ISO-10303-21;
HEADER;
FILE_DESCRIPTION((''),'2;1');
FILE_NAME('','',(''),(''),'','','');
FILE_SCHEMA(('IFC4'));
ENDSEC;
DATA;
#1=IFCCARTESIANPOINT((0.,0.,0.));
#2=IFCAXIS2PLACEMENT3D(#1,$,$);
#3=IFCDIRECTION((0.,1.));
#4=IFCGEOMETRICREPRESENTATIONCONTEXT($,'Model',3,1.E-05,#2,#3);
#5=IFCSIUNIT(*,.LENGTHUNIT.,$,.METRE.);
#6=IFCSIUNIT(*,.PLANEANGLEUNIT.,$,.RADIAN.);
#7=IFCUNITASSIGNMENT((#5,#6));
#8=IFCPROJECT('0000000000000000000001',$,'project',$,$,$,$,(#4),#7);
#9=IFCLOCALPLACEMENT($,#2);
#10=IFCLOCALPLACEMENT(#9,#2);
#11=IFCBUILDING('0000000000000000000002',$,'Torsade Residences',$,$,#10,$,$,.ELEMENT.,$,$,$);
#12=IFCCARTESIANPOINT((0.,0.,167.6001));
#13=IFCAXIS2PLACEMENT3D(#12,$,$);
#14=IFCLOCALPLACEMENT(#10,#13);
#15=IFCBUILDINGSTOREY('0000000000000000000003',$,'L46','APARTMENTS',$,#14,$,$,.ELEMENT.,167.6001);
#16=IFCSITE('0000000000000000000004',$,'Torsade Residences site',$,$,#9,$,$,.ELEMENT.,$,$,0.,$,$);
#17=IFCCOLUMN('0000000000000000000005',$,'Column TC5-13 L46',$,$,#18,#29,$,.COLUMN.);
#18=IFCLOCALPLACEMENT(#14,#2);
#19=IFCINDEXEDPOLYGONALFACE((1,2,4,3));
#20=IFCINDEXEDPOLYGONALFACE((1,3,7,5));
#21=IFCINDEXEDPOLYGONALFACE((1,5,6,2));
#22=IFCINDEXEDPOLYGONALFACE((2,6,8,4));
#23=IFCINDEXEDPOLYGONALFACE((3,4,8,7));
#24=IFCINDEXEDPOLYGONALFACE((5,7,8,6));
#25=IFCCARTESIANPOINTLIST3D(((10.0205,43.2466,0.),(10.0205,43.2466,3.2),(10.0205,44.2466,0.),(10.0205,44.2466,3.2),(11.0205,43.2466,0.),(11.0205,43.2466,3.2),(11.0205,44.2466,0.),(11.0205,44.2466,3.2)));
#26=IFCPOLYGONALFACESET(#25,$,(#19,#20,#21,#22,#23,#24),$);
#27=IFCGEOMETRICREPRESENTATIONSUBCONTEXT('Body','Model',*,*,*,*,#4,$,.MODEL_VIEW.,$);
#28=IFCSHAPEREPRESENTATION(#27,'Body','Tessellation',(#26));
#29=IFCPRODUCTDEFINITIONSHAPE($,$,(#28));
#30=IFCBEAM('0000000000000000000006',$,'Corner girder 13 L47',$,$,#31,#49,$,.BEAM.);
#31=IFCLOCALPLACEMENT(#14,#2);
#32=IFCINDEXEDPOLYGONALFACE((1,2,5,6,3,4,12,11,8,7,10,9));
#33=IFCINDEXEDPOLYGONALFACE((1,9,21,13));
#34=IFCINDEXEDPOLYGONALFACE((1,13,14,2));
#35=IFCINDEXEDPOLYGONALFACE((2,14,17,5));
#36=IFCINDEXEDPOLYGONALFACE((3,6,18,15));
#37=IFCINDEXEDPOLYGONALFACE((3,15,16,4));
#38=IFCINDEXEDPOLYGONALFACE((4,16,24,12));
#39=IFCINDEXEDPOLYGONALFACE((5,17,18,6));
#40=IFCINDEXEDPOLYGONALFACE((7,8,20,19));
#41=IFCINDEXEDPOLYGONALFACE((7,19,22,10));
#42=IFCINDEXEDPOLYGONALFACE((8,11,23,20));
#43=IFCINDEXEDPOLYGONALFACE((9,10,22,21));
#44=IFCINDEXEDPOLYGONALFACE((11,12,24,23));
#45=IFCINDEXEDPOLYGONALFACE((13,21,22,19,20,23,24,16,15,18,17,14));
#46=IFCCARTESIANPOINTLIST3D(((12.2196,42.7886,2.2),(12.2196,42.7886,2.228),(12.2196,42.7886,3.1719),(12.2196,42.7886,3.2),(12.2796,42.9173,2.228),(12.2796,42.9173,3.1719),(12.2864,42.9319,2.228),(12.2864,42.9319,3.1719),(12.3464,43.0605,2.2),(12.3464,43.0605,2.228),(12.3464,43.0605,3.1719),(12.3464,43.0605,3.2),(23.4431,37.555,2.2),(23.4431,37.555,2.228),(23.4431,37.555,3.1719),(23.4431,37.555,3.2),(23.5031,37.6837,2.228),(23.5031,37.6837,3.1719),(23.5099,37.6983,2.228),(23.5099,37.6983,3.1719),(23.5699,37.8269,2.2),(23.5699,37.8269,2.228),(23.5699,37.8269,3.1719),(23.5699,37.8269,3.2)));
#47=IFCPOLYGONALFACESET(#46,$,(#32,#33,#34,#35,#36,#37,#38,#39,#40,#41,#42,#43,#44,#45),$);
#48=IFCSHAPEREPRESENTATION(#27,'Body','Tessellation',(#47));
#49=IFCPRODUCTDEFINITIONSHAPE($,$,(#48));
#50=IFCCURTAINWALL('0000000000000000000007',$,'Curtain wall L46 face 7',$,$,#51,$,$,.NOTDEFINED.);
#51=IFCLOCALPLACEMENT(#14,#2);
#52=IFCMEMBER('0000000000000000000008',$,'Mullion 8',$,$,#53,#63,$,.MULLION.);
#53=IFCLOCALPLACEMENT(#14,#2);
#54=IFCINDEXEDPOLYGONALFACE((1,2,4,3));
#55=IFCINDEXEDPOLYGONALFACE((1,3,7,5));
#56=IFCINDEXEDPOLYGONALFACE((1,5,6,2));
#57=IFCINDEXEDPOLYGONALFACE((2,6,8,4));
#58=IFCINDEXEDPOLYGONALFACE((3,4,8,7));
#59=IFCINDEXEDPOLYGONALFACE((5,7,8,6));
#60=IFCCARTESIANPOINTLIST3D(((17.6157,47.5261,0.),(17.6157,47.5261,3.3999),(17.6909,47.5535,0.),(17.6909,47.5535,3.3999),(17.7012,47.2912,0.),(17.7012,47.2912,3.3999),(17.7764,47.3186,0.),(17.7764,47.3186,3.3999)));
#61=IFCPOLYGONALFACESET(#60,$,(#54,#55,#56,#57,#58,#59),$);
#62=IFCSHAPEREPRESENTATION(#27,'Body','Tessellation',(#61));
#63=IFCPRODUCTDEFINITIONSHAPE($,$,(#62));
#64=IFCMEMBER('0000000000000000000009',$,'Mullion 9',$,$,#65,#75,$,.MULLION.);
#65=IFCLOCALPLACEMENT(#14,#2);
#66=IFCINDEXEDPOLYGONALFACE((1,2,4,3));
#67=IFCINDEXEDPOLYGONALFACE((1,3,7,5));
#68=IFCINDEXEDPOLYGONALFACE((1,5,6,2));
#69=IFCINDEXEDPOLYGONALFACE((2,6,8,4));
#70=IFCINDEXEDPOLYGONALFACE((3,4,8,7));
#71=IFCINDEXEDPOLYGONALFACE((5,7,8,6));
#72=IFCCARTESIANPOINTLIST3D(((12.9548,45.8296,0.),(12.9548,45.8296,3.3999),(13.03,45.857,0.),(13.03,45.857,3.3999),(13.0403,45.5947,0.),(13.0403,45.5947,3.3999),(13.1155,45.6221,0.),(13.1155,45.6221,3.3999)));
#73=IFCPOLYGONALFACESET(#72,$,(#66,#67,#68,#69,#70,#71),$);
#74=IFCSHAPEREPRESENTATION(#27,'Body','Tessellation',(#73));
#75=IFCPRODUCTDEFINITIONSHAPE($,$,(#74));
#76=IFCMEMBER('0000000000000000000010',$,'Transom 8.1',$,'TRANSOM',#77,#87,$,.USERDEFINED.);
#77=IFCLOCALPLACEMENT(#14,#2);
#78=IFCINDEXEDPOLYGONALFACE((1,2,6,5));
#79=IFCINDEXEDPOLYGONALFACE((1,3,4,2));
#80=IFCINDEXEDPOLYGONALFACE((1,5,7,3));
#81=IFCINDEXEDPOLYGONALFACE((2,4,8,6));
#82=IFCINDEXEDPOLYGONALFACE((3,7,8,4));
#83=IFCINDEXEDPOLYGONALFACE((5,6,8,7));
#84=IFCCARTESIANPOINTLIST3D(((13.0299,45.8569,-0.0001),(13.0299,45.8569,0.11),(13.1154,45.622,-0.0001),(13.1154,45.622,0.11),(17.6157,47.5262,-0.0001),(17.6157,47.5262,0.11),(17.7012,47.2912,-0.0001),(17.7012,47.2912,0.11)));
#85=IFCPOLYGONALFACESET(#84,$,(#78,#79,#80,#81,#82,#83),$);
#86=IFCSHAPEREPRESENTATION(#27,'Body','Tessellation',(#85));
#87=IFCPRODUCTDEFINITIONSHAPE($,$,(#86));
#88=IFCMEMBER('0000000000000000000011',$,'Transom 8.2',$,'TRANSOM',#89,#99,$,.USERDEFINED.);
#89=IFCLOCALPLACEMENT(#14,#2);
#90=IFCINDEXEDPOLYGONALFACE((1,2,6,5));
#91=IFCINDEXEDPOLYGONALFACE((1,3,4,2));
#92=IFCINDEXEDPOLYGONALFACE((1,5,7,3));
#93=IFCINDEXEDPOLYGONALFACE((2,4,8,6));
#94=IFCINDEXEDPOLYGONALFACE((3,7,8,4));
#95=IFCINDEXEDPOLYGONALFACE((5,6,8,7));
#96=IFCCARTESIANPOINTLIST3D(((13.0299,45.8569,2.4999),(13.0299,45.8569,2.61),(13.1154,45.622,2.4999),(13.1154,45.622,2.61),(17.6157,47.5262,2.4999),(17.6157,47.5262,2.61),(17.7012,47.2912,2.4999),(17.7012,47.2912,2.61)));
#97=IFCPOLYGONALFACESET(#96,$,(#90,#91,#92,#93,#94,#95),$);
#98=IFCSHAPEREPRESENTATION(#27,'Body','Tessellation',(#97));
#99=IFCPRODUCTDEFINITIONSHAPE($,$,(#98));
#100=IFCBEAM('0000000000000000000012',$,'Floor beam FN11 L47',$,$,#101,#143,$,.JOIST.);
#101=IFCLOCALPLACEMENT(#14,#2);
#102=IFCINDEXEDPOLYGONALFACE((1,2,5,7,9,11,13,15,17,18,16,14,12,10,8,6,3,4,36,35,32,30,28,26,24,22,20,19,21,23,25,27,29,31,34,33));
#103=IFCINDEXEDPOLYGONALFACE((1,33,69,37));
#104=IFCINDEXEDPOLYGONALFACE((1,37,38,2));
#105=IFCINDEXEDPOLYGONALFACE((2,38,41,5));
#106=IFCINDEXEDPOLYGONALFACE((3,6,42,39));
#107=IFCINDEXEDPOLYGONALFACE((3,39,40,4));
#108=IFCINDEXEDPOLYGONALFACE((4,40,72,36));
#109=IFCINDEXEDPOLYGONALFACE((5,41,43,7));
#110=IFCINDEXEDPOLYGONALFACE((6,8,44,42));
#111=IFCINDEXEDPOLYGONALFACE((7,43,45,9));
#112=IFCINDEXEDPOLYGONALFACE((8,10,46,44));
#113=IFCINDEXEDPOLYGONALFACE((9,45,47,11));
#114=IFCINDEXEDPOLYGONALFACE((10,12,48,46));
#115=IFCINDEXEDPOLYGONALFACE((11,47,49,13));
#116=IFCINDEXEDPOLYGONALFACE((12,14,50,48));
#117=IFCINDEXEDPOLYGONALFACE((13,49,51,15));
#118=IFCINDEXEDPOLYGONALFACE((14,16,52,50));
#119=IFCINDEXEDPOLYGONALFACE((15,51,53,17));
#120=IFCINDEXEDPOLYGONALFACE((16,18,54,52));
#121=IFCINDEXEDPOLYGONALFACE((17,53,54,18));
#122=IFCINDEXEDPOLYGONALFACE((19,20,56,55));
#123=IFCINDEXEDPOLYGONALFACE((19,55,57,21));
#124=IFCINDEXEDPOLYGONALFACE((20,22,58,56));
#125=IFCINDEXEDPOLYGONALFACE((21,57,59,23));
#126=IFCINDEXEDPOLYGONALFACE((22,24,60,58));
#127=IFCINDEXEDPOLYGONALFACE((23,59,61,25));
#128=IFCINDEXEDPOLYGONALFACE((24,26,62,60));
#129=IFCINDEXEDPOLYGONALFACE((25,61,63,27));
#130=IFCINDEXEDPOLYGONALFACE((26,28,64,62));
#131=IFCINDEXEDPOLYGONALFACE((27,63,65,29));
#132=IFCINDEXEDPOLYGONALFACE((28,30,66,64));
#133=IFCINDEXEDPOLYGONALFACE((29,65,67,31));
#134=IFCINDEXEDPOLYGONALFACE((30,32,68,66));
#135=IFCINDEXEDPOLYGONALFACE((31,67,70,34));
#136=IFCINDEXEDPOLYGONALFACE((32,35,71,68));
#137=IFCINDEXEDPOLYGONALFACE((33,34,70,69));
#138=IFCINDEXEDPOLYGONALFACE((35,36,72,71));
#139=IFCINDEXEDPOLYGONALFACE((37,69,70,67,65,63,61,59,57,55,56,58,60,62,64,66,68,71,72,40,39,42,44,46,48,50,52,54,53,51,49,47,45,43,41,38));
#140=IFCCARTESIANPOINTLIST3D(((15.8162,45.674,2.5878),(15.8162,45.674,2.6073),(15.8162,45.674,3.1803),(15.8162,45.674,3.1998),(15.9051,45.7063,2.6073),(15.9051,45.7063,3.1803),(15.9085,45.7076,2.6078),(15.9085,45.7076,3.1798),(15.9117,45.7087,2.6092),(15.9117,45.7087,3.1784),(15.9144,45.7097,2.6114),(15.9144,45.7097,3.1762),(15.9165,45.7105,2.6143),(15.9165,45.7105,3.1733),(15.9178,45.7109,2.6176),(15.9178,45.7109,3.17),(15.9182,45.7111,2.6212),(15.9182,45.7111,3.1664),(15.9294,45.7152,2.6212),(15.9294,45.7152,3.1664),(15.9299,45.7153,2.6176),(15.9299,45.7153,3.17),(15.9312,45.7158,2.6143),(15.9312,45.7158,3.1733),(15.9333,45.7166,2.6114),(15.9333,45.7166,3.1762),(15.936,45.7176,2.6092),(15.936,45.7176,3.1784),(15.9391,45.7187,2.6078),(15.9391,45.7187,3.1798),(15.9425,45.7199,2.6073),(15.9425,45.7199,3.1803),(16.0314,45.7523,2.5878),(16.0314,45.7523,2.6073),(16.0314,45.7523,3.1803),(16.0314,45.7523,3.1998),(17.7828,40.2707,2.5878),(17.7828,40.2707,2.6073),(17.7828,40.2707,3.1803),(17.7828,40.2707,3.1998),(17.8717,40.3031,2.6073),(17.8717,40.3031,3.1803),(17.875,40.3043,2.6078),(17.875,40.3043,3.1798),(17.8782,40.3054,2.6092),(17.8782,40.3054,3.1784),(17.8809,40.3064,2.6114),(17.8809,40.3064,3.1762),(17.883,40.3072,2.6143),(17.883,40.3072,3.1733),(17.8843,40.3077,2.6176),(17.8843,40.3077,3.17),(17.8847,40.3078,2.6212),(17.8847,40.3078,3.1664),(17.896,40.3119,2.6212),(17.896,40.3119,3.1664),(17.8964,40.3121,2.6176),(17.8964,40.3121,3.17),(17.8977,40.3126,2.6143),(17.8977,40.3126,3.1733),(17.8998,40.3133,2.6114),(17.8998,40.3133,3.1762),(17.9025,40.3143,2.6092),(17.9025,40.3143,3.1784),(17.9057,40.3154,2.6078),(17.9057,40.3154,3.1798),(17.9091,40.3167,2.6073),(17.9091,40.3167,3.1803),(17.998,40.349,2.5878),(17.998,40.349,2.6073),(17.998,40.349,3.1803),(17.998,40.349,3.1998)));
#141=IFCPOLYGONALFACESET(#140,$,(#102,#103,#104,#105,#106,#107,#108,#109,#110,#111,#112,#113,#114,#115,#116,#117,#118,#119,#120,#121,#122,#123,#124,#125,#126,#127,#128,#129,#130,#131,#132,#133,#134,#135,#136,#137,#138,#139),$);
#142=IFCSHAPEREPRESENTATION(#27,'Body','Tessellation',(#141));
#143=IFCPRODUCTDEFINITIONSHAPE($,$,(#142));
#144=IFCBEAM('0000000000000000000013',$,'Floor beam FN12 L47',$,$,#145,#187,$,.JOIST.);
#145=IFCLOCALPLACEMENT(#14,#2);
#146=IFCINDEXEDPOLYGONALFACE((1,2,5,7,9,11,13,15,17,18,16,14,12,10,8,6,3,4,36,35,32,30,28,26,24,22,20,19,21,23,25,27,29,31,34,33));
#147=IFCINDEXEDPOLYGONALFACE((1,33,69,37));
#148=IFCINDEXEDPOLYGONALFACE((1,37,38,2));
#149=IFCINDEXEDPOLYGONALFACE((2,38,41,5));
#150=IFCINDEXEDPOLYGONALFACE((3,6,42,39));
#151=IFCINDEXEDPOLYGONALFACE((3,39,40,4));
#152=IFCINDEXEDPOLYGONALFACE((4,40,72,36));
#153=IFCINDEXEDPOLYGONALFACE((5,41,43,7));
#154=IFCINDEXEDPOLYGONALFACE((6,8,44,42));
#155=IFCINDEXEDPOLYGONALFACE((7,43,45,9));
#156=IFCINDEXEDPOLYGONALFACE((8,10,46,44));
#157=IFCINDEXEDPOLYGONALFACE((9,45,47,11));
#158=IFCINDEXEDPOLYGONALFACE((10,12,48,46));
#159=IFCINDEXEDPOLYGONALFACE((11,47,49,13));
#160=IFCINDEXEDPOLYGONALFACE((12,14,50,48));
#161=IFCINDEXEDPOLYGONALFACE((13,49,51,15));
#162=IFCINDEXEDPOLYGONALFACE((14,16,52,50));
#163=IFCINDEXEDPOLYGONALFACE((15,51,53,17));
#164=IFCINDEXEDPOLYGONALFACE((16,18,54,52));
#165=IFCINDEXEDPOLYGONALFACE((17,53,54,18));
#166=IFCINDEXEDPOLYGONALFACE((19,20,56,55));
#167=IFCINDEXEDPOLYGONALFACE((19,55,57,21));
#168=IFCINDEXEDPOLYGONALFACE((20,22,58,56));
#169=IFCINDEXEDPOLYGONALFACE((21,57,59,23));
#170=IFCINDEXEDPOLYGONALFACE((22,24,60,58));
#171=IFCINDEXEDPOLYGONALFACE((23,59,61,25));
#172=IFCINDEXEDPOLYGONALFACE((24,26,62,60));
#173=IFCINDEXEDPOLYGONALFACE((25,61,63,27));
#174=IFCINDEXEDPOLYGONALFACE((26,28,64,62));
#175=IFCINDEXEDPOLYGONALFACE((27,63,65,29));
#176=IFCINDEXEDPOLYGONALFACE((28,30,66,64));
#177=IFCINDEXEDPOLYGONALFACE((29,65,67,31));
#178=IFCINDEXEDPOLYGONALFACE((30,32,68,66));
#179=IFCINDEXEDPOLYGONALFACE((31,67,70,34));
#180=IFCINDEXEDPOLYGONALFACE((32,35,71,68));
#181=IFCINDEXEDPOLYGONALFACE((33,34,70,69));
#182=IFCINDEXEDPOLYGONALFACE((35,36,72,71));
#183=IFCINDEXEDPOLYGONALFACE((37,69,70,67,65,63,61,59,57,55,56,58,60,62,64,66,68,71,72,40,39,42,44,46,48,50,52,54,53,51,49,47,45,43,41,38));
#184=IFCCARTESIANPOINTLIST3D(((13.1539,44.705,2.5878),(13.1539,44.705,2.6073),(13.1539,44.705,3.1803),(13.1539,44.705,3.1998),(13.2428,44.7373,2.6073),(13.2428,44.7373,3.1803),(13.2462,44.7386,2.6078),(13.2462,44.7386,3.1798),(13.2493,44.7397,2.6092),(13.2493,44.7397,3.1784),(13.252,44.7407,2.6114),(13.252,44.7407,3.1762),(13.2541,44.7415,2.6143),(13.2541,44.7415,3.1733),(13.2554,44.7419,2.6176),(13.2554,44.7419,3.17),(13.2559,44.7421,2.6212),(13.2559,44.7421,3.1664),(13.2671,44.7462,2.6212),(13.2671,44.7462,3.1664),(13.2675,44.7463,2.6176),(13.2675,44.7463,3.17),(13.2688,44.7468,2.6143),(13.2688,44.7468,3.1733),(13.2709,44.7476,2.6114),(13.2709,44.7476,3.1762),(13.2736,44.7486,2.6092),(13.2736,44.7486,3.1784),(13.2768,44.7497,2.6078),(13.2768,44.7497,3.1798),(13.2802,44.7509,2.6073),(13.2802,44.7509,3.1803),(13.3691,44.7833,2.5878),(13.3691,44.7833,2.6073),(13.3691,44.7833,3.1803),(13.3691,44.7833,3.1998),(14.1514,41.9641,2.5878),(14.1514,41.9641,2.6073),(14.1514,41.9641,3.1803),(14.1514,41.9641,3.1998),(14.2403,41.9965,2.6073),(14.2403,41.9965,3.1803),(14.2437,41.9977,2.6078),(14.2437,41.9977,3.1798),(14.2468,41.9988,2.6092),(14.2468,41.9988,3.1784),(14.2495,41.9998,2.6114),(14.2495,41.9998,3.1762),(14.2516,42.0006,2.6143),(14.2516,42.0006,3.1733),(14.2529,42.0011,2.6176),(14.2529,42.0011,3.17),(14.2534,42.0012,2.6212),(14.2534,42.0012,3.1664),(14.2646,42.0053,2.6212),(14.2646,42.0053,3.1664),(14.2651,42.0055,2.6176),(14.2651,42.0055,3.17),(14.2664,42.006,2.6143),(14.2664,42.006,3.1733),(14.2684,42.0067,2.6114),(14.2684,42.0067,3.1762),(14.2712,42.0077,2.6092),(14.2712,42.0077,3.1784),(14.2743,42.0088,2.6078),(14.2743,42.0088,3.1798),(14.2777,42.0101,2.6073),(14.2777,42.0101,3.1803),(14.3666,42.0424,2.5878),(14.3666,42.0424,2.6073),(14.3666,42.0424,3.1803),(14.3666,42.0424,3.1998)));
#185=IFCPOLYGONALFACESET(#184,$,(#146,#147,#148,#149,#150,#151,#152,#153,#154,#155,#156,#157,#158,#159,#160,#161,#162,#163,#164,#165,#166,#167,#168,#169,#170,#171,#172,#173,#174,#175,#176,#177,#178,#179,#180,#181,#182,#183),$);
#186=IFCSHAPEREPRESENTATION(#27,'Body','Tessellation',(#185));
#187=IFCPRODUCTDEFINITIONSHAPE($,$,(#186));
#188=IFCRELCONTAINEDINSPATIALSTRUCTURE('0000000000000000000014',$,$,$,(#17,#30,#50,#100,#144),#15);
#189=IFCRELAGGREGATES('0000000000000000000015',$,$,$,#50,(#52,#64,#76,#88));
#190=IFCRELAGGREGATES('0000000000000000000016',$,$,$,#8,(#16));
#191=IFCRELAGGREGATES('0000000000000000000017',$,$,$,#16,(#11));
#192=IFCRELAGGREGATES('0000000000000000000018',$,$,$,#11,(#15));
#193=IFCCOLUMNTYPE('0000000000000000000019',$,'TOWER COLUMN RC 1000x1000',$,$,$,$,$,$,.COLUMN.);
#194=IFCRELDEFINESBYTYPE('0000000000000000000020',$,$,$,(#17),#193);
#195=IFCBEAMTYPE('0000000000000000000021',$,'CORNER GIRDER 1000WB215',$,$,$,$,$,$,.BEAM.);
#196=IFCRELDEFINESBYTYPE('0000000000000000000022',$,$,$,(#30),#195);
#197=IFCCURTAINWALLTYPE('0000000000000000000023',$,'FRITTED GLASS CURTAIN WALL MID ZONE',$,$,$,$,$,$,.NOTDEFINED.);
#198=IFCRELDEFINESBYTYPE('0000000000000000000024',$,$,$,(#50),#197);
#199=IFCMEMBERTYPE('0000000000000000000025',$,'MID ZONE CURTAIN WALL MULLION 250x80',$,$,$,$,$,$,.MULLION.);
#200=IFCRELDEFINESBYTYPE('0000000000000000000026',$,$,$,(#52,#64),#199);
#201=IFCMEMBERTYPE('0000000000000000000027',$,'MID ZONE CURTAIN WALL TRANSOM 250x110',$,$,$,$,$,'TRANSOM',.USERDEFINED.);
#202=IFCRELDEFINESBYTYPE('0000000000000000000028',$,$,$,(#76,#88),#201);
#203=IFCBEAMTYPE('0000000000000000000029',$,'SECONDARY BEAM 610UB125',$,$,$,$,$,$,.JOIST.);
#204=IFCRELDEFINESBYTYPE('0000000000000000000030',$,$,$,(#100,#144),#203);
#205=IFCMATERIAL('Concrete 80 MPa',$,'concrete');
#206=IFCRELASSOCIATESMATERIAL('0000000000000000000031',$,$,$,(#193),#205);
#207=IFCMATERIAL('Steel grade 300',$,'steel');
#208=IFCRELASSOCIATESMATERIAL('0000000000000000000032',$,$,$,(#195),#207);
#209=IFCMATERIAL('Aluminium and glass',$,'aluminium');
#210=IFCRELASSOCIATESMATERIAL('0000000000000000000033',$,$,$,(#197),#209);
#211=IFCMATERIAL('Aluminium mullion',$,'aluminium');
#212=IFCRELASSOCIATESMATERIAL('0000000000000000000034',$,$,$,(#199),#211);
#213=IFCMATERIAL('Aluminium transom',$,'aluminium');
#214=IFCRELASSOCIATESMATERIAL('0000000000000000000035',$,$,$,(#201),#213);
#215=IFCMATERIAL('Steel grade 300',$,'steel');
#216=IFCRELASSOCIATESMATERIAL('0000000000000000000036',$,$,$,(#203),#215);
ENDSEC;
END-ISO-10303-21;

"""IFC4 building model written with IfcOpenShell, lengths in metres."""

from ifc_helpers import new_model, si_unit, direction, frame, origin, origin_2d, place, context, subcontext, project, spatial, rectangle, i_section, extrude, material, material_profile, profile_set, type_object, element, aggregate, save


model = new_model("IFC4")

# Units and contexts
model_context = context("Model", 3, precision=1e-05, world=origin(), true_north=direction((0.0, 1.0)))
body_context = subcontext(model_context, "Body", "Model", "MODEL_VIEW")
ifc_project = project(units=[si_unit("LENGTHUNIT", "METRE"), si_unit("PLANEANGLEUNIT", "RADIAN")], contexts=[model_context])

# Site, building, storey
site_placement = place(None, origin())
site = spatial("IfcSite", under=ifc_project, at=site_placement, Name="Torsade Residences site", CompositionType="ELEMENT", RefElevation=0.0)
building_placement = place(site_placement, origin())
building = spatial("IfcBuilding", under=site, at=building_placement, Name="Torsade Residences", CompositionType="ELEMENT")
storey_placement = place(building_placement, frame((0.0, 0.0, 167.6001)))
storey = spatial("IfcBuildingStorey", under=building, at=storey_placement, Name="L46", Description="APARTMENTS", CompositionType="ELEMENT", Elevation=167.6001)

# Column
ifc_material_1 = material(Name="Concrete 80 MPa", Category="concrete")
ifc_material_profile_1 = material_profile(ifc_material_1, rectangle(XDim=1.0, YDim=1.0, at=origin_2d()), Name="RC 1000x1000")
ifc_profile_set_1 = profile_set([ifc_material_profile_1], Name="Concrete 80 MPa")
column_type = type_object("IfcColumnType", Name="TOWER COLUMN RC 1000x1000", PredefinedType="COLUMN", material=ifc_profile_set_1)
column_placement = place(storey_placement, frame((10.5205, 43.7466, 0.0), z_axis=(0.0, 0.0, 1.0), x_axis=(1.0, 0.0, 0.0)))
element("IfcColumn", 1, at=column_placement, inside=storey, type_object=column_type, Name="Column TC5-13 L46", PredefinedType="COLUMN", context=body_context, shape_type="SweptSolid", body=[
    extrude(rectangle(XDim=1.0, YDim=1.0, at=origin_2d()), origin(), (0.0, 0.0, 1.0), 3.2),
])

# Beam
ifc_material_2 = material(Name="Steel grade 300", Category="steel")
ifc_material_profile_2 = material_profile(ifc_material_2, i_section(OverallWidth=0.3, OverallDepth=1.0, WebThickness=0.0161, FlangeThickness=0.0281, at=origin_2d()), Name="1000WB215")
ifc_profile_set_2 = profile_set([ifc_material_profile_2], Name="Steel grade 300")
beam_type_1 = type_object("IfcBeamType", Name="CORNER GIRDER 1000WB215", PredefinedType="BEAM", material=ifc_profile_set_2)
beam_1_placement = place(storey_placement, frame((12.283, 42.9246, 2.7), z_axis=(0.906309, -0.422617, 0.0), x_axis=(0.422617, 0.906309, 0.0)))
element("IfcBeam", 2, at=beam_1_placement, inside=storey, type_object=beam_type_1, Name="Corner girder 13 L47", PredefinedType="BEAM", context=body_context, shape_type="SweptSolid", body=[
    extrude(i_section(OverallWidth=0.3, OverallDepth=1.0, WebThickness=0.0161, FlangeThickness=0.0281, at=origin_2d()), origin(), (0.0, 0.0, 1.0), 12.3838),
])

# Curtain wall, members
ifc_material_3 = material(Name="Aluminium and glass", Category="aluminium")
curtain_wall_type = type_object("IfcCurtainWallType", Name="FRITTED GLASS CURTAIN WALL MID ZONE", PredefinedType="NOTDEFINED", material=ifc_material_3)
curtain_wall_placement = place(storey_placement, origin())
curtain_wall = element("IfcCurtainWall", 3, at=curtain_wall_placement, inside=storey, type_object=curtain_wall_type, Name="Curtain wall L46 face 7", PredefinedType="NOTDEFINED")
ifc_material_4 = material(Name="Aluminium mullion", Category="aluminium")
ifc_material_profile_3 = material_profile(ifc_material_4, rectangle(XDim=0.25, YDim=0.0801, at=origin_2d()), Name="MID ZONE CURTAIN WALL MULLION 250x80")
ifc_profile_set_3 = profile_set([ifc_material_profile_3], Name="Aluminium mullion")
member_type_1 = type_object("IfcMemberType", Name="MID ZONE CURTAIN WALL MULLION 250x80", PredefinedType="MULLION", material=ifc_profile_set_3)
member_1_placement = place(storey_placement, frame((17.696, 47.4224, 0.0), z_axis=(0.0, 0.0, 1.0), x_axis=(0.34202, -0.939693, 0.0)))
member_1 = element("IfcMember", 4, at=member_1_placement, type_object=member_type_1, Name="Mullion 8", PredefinedType="MULLION", context=body_context, shape_type="SweptSolid", body=[
    extrude(rectangle(XDim=0.25, YDim=0.0801, at=origin_2d()), origin(), (0.0, 0.0, 1.0), 3.3999),
])
member_2_placement = place(storey_placement, frame((13.0352, 45.7258, 0.0), z_axis=(0.0, 0.0, 1.0), x_axis=(0.34202, -0.939693, 0.0)))
member_2 = element("IfcMember", 5, at=member_2_placement, type_object=member_type_1, Name="Mullion 9", PredefinedType="MULLION", context=body_context, shape_type="SweptSolid", body=[
    extrude(rectangle(XDim=0.25, YDim=0.0801, at=origin_2d()), origin(), (0.0, 0.0, 1.0), 3.3999),
])
ifc_material_5 = material(Name="Aluminium transom", Category="aluminium")
ifc_material_profile_4 = material_profile(ifc_material_5, rectangle(XDim=0.25, YDim=0.1101, at=origin_2d()), Name="MID ZONE CURTAIN WALL TRANSOM 250x110")
ifc_profile_set_4 = profile_set([ifc_material_profile_4], Name="Aluminium transom")
member_type_2 = type_object("IfcMemberType", Name="MID ZONE CURTAIN WALL TRANSOM 250x110", ElementType="TRANSOM", PredefinedType="USERDEFINED", material=ifc_profile_set_4)
member_3_placement = place(storey_placement, frame((17.6584, 47.4087, 0.0549), z_axis=(-0.939684, -0.342044, 0.0), x_axis=(0.342044, -0.939684, 0.0)))
member_3 = element("IfcMember", 6, at=member_3_placement, type_object=member_type_2, Name="Transom 8.1", ObjectType="TRANSOM", PredefinedType="USERDEFINED", context=body_context, shape_type="SweptSolid", body=[
    extrude(rectangle(XDim=0.25, YDim=0.1101, at=origin_2d()), origin(), (0.0, 0.0, 1.0), 4.8801),
])
member_4_placement = place(storey_placement, frame((17.6584, 47.4087, 2.5549), z_axis=(-0.939684, -0.342044, 0.0), x_axis=(0.342044, -0.939684, 0.0)))
member_4 = element("IfcMember", 7, at=member_4_placement, type_object=member_type_2, Name="Transom 8.2", ObjectType="TRANSOM", PredefinedType="USERDEFINED", context=body_context, shape_type="SweptSolid", body=[
    extrude(rectangle(XDim=0.25, YDim=0.1101, at=origin_2d()), origin(), (0.0, 0.0, 1.0), 4.8801),
])

# Beams
ifc_material_6 = material(Name="Steel grade 300", Category="steel")
ifc_material_profile_5 = material_profile(ifc_material_6, i_section(OverallWidth=0.229, OverallDepth=0.6121, WebThickness=0.012, FlangeThickness=0.0195, FilletRadius=0.0139, at=origin_2d()), Name="610UB125")
ifc_profile_set_5 = profile_set([ifc_material_profile_5], Name="Steel grade 300")
beam_type_2 = type_object("IfcBeamType", Name="SECONDARY BEAM 610UB125", PredefinedType="JOIST", material=ifc_profile_set_5)
beam_2_placement = place(storey_placement, frame((15.9238, 45.7131, 2.8938), z_axis=(0.342006, -0.939698, 0.0), x_axis=(0.939698, 0.342006, 0.0)))
element("IfcBeam", 8, at=beam_2_placement, inside=storey, type_object=beam_type_2, Name="Floor beam FN11 L47", PredefinedType="JOIST", context=body_context, shape_type="SweptSolid", body=[
    extrude(i_section(OverallWidth=0.229, OverallDepth=0.6121, WebThickness=0.012, FlangeThickness=0.0195, FilletRadius=0.0139, at=origin_2d()), origin(), (0.0, 0.0, 1.0), 5.75),
])
beam_3_placement = place(storey_placement, frame((13.2615, 44.7441, 2.8938), z_axis=(0.341998, -0.939701, 0.0), x_axis=(0.939701, 0.341998, 0.0)))
element("IfcBeam", 9, at=beam_3_placement, inside=storey, type_object=beam_type_2, Name="Floor beam FN12 L47", PredefinedType="JOIST", context=body_context, shape_type="SweptSolid", body=[
    extrude(i_section(OverallWidth=0.229, OverallDepth=0.6121, WebThickness=0.012, FlangeThickness=0.0195, FilletRadius=0.0139, at=origin_2d()), origin(), (0.0, 0.0, 1.0), 2.9167),
])

aggregate(curtain_wall, [member_1, member_2, member_3, member_4])

save(model, "model.ifc")
